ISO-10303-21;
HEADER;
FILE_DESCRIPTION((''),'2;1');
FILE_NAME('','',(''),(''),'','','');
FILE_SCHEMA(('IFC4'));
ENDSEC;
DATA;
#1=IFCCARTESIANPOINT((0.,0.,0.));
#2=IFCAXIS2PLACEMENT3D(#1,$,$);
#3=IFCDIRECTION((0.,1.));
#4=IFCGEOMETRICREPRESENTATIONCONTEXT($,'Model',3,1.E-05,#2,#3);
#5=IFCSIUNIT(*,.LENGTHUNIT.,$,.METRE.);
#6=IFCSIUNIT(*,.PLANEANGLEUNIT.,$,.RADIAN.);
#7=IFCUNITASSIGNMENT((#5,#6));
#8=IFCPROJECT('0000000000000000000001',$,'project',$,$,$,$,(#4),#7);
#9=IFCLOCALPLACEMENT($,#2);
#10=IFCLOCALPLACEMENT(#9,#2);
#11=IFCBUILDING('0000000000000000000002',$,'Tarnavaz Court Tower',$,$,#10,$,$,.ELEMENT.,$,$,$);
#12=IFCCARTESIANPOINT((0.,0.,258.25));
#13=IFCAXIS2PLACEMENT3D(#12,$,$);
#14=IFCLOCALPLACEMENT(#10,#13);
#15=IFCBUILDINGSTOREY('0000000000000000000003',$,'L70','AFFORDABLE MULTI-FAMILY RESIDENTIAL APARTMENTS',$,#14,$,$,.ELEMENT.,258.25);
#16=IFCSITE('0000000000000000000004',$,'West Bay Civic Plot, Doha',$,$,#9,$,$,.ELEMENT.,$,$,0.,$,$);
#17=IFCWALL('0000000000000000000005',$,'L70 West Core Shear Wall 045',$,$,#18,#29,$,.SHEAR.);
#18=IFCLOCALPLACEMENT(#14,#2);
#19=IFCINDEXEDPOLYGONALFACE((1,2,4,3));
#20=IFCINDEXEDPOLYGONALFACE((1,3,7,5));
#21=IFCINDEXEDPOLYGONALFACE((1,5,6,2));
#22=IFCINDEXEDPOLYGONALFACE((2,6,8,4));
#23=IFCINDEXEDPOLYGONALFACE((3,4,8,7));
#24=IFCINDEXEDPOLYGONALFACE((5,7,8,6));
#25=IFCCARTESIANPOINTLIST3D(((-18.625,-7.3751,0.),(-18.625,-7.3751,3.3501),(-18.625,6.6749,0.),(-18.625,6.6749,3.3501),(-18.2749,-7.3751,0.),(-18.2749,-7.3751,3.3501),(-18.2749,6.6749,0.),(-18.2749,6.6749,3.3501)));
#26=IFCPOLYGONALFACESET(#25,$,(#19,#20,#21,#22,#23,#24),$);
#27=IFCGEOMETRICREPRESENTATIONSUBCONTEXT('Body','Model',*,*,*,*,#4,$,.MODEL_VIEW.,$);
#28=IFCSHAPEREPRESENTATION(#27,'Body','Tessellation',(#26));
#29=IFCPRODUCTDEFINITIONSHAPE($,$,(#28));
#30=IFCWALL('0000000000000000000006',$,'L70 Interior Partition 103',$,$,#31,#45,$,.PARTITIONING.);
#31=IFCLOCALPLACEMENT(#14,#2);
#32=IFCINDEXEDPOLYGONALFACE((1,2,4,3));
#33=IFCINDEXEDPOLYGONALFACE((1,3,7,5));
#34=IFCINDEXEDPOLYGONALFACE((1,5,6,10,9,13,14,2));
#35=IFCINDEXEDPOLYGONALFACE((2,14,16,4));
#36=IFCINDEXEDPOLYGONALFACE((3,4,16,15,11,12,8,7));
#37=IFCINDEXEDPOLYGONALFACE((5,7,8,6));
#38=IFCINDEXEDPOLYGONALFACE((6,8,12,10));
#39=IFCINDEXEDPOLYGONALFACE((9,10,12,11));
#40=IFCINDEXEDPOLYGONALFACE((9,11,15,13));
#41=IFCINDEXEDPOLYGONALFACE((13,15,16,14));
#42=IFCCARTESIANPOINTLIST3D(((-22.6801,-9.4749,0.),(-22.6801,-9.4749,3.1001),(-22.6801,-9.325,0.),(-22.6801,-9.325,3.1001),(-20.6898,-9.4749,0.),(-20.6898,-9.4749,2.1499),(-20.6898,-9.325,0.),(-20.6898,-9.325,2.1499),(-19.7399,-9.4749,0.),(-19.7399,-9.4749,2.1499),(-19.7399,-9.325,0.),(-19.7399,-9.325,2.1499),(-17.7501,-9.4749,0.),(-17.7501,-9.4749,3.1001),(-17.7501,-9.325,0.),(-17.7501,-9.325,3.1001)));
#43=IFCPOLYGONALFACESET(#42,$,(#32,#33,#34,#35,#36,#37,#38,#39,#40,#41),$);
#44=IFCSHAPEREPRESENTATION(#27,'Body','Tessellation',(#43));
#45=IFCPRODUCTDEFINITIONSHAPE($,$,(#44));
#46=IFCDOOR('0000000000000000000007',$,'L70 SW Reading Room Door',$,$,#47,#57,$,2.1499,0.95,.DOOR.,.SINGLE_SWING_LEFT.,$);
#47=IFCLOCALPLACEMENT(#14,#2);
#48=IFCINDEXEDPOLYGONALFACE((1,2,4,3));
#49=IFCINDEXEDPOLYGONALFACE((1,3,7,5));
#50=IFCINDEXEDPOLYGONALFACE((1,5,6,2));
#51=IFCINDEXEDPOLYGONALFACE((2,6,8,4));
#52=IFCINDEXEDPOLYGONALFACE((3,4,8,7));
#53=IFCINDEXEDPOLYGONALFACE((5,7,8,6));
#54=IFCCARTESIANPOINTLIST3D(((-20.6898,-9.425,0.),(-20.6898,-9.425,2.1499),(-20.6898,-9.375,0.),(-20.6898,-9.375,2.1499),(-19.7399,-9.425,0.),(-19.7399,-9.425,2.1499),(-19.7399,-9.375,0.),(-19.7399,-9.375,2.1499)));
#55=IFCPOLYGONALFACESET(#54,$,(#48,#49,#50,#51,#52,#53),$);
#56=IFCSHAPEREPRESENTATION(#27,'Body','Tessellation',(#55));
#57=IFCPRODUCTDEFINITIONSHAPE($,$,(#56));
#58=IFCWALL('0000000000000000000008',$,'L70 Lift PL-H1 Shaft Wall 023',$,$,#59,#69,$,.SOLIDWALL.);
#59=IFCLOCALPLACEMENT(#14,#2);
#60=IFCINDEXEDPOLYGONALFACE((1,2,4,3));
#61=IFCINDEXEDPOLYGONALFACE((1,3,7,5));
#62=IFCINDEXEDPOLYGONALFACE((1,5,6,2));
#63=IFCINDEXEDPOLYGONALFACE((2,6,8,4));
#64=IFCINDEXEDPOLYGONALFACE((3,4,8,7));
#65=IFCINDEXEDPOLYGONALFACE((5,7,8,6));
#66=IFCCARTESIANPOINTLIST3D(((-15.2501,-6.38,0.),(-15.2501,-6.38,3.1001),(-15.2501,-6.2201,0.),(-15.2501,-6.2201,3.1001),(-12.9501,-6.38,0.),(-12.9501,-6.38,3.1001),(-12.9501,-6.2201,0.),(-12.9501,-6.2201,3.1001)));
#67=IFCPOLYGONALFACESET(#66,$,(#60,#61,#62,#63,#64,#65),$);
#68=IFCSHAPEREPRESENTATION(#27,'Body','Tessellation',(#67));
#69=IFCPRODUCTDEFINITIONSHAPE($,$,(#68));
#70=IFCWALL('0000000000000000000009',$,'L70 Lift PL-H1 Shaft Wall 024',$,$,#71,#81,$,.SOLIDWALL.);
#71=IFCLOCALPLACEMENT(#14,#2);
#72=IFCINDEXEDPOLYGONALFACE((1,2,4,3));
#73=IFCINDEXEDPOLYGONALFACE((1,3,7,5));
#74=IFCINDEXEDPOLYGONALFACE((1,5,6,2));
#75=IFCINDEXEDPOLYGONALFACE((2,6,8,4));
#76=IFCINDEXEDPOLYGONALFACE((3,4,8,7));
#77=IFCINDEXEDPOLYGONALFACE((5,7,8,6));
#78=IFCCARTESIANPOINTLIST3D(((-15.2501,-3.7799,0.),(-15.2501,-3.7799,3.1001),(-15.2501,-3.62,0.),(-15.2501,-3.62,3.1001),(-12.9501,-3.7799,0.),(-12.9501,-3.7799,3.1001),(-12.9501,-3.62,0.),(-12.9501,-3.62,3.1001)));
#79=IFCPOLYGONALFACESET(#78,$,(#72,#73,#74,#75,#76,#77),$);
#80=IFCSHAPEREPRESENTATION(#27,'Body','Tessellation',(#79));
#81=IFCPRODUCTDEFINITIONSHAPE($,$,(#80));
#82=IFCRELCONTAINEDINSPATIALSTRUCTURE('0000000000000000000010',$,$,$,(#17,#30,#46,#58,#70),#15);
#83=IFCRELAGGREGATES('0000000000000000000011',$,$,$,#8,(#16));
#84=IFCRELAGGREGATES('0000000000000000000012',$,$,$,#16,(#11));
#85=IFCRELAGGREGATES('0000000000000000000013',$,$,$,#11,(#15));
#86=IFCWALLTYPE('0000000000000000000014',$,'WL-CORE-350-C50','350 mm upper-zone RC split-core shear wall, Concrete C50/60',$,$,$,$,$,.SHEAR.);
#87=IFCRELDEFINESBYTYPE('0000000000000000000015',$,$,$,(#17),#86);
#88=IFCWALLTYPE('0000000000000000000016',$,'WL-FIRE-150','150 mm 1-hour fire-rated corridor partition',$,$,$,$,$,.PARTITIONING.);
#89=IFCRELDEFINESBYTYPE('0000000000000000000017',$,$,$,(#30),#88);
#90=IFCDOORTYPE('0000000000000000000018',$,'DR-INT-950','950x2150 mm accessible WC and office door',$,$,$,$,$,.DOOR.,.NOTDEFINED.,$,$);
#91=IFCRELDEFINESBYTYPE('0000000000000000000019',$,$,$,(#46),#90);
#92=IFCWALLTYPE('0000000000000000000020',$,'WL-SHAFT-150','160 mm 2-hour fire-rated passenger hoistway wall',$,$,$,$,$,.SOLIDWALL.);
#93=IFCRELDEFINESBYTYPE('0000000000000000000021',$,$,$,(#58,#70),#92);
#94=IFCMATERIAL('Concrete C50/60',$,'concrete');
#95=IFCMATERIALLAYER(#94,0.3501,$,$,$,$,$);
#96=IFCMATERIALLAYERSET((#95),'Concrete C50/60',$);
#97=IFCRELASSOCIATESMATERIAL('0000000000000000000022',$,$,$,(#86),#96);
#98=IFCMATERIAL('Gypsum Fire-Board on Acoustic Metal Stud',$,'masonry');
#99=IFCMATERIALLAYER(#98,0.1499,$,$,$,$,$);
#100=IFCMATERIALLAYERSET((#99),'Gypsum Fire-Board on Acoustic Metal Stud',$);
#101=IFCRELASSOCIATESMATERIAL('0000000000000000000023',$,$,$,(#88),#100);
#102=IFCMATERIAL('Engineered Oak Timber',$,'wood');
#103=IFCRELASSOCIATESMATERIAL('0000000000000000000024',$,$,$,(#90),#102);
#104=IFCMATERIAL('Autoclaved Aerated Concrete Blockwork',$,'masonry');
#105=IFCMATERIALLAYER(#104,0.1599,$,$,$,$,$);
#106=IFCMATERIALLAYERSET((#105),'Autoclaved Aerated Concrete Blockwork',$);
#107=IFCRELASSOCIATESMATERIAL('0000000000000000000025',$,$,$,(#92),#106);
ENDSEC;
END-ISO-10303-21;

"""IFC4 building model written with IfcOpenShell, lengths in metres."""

from ifc_helpers import new_model, si_unit, direction, frame, frame_2d, origin, place, context, subcontext, project, spatial, rectangle, extrude, material, layer, layer_set, type_object, element, fill, save


model = new_model("IFC4")

# Units and contexts
model_context = context("Model", 3, precision=1e-05, world=origin(), true_north=direction((0.0, 1.0)))
body_context = subcontext(model_context, "Body", "Model", "MODEL_VIEW")
ifc_project = project(units=[si_unit("LENGTHUNIT", "METRE"), si_unit("PLANEANGLEUNIT", "RADIAN")], contexts=[model_context])

# Site, building, storey
site_placement = place(None, origin())
site = spatial("IfcSite", under=ifc_project, at=site_placement, Name="West Bay Civic Plot, Doha", CompositionType="ELEMENT", RefElevation=0.0)
building_placement = place(site_placement, origin())
building = spatial("IfcBuilding", under=site, at=building_placement, Name="Tarnavaz Court Tower", CompositionType="ELEMENT")
storey_placement = place(building_placement, frame((0.0, 0.0, 258.25)))
storey = spatial("IfcBuildingStorey", under=building, at=storey_placement, Name="L70", Description="AFFORDABLE MULTI-FAMILY RESIDENTIAL APARTMENTS", CompositionType="ELEMENT", Elevation=258.25)

# Shared definitions
ifc_material_1 = material(Name="Concrete C50/60", Category="concrete")

# Wall
ifc_layer_1 = layer(ifc_material_1, 0.3501)
ifc_layer_set_1 = layer_set([ifc_layer_1], Name="Concrete C50/60")
wall_type_1 = type_object("IfcWallType", Name="WL-CORE-350-C50", Description="350 mm upper-zone RC split-core shear wall, Concrete C50/60", PredefinedType="SHEAR", material=ifc_layer_set_1)
wall_1_placement = place(storey_placement, frame((-18.45, -7.375, 0.0), z_axis=(0.0, 0.0, 1.0), x_axis=(0.0, 1.0, 0.0)))
element("IfcWall", 1, at=wall_1_placement, inside=storey, type_object=wall_type_1, Name="L70 West Core Shear Wall 045", PredefinedType="SHEAR", context=body_context, shape_type="SweptSolid", body=[
    extrude(rectangle(XDim=14.05, YDim=0.3501, at=frame_2d((7.0249, 0.0))), origin(), (0.0, 0.0, 1.0), 3.3501),
])

# Shared definitions
ifc_material_2 = material(Name="Gypsum Fire-Board on Acoustic Metal Stud", Category="masonry")
ifc_layer_2 = layer(ifc_material_2, 0.1499)
ifc_layer_set_2 = layer_set([ifc_layer_2], Name="Gypsum Fire-Board on Acoustic Metal Stud")
wall_type_2 = type_object("IfcWallType", Name="WL-FIRE-150", Description="150 mm 1-hour fire-rated corridor partition", PredefinedType="PARTITIONING", material=ifc_layer_set_2)

# Wall, opening, door
ifc_material_3 = material(Name="Engineered Oak Timber", Category="wood")
wall_2_placement = place(storey_placement, frame((-22.6799, -9.3999, 0.0), z_axis=(0.0, 0.0, 1.0), x_axis=(1.0, 0.0, 0.0)))
wall_2 = element("IfcWall", 2, at=wall_2_placement, inside=storey, type_object=wall_type_2, Name="L70 Interior Partition 103", PredefinedType="PARTITIONING", context=body_context, shape_type="SweptSolid", body=[
    extrude(rectangle(XDim=4.9299, YDim=0.1499, at=frame_2d((2.4648, 0.0))), origin(), (0.0, 0.0, 1.0), 3.1001),
])
opening_1_placement = place(wall_2_placement, frame((1.99, 0.0, 0.0)))
opening_1 = element("IfcOpeningElement", 3, at=opening_1_placement, cuts=wall_2, PredefinedType="OPENING", context=body_context, shape_type="SweptSolid", body=[
    extrude(rectangle(XDim=0.95, YDim=2.1499, at=frame_2d((0.4751, 1.075))), frame((0.0, 0.085, 0.0), z_axis=(0.0, -1.0, 0.0), x_axis=(1.0, 0.0, 0.0)), (0.0, 0.0, 1.0), 0.1699),
])
door_type_1 = type_object("IfcDoorType", Name="DR-INT-950", Description="950x2150 mm accessible WC and office door", OperationType="NOTDEFINED", PredefinedType="DOOR", material=ifc_material_3)
door_1_placement = place(opening_1_placement, origin())
door_1 = element("IfcDoor", 4, at=door_1_placement, inside=storey, type_object=door_type_1, Name="L70 SW Reading Room Door", OperationType="SINGLE_SWING_LEFT", OverallHeight=2.1499, OverallWidth=0.95, PredefinedType="DOOR", context=body_context, shape_type="SweptSolid", body=[
    extrude(rectangle(XDim=0.95, YDim=2.1499, at=frame_2d((0.4751, 1.075))), frame((0.0, 0.0249, 0.0), z_axis=(0.0, -1.0, 0.0), x_axis=(1.0, 0.0, 0.0)), (0.0, 0.0, 1.0), 0.05),
])
fill(opening_1, door_1)
ifc_material_4 = material(Name="Autoclaved Aerated Concrete Blockwork", Category="masonry")
ifc_layer_3 = layer(ifc_material_4, 0.1599)
ifc_layer_set_3 = layer_set([ifc_layer_3], Name="Autoclaved Aerated Concrete Blockwork")
wall_type_3 = type_object("IfcWallType", Name="WL-SHAFT-150", Description="160 mm 2-hour fire-rated passenger hoistway wall", PredefinedType="SOLIDWALL", material=ifc_layer_set_3)

# Walls
for number, where, z_axis, x_axis, name in (
    (5, (-15.25, -6.3, 0.0), (0.0, 0.0, 1.0), (1.0, 0.0, 0.0), "L70 Lift PL-H1 Shaft Wall 023"),
    (6, (-15.25, -3.7, 0.0), (0.0, 0.0, 1.0), (1.0, 0.0, 0.0), "L70 Lift PL-H1 Shaft Wall 024"),
):
    element("IfcWall", number, at=place(storey_placement, frame(where, z_axis=z_axis, x_axis=x_axis)), inside=storey, type_object=wall_type_3, Name=name, PredefinedType="SOLIDWALL", context=body_context, shape_type="SweptSolid", body=[
        extrude(rectangle(XDim=2.3, YDim=0.1599, at=frame_2d((1.1499, 0.0))), origin(), (0.0, 0.0, 1.0), 3.1001),
    ])

save(model, "model.ifc")
